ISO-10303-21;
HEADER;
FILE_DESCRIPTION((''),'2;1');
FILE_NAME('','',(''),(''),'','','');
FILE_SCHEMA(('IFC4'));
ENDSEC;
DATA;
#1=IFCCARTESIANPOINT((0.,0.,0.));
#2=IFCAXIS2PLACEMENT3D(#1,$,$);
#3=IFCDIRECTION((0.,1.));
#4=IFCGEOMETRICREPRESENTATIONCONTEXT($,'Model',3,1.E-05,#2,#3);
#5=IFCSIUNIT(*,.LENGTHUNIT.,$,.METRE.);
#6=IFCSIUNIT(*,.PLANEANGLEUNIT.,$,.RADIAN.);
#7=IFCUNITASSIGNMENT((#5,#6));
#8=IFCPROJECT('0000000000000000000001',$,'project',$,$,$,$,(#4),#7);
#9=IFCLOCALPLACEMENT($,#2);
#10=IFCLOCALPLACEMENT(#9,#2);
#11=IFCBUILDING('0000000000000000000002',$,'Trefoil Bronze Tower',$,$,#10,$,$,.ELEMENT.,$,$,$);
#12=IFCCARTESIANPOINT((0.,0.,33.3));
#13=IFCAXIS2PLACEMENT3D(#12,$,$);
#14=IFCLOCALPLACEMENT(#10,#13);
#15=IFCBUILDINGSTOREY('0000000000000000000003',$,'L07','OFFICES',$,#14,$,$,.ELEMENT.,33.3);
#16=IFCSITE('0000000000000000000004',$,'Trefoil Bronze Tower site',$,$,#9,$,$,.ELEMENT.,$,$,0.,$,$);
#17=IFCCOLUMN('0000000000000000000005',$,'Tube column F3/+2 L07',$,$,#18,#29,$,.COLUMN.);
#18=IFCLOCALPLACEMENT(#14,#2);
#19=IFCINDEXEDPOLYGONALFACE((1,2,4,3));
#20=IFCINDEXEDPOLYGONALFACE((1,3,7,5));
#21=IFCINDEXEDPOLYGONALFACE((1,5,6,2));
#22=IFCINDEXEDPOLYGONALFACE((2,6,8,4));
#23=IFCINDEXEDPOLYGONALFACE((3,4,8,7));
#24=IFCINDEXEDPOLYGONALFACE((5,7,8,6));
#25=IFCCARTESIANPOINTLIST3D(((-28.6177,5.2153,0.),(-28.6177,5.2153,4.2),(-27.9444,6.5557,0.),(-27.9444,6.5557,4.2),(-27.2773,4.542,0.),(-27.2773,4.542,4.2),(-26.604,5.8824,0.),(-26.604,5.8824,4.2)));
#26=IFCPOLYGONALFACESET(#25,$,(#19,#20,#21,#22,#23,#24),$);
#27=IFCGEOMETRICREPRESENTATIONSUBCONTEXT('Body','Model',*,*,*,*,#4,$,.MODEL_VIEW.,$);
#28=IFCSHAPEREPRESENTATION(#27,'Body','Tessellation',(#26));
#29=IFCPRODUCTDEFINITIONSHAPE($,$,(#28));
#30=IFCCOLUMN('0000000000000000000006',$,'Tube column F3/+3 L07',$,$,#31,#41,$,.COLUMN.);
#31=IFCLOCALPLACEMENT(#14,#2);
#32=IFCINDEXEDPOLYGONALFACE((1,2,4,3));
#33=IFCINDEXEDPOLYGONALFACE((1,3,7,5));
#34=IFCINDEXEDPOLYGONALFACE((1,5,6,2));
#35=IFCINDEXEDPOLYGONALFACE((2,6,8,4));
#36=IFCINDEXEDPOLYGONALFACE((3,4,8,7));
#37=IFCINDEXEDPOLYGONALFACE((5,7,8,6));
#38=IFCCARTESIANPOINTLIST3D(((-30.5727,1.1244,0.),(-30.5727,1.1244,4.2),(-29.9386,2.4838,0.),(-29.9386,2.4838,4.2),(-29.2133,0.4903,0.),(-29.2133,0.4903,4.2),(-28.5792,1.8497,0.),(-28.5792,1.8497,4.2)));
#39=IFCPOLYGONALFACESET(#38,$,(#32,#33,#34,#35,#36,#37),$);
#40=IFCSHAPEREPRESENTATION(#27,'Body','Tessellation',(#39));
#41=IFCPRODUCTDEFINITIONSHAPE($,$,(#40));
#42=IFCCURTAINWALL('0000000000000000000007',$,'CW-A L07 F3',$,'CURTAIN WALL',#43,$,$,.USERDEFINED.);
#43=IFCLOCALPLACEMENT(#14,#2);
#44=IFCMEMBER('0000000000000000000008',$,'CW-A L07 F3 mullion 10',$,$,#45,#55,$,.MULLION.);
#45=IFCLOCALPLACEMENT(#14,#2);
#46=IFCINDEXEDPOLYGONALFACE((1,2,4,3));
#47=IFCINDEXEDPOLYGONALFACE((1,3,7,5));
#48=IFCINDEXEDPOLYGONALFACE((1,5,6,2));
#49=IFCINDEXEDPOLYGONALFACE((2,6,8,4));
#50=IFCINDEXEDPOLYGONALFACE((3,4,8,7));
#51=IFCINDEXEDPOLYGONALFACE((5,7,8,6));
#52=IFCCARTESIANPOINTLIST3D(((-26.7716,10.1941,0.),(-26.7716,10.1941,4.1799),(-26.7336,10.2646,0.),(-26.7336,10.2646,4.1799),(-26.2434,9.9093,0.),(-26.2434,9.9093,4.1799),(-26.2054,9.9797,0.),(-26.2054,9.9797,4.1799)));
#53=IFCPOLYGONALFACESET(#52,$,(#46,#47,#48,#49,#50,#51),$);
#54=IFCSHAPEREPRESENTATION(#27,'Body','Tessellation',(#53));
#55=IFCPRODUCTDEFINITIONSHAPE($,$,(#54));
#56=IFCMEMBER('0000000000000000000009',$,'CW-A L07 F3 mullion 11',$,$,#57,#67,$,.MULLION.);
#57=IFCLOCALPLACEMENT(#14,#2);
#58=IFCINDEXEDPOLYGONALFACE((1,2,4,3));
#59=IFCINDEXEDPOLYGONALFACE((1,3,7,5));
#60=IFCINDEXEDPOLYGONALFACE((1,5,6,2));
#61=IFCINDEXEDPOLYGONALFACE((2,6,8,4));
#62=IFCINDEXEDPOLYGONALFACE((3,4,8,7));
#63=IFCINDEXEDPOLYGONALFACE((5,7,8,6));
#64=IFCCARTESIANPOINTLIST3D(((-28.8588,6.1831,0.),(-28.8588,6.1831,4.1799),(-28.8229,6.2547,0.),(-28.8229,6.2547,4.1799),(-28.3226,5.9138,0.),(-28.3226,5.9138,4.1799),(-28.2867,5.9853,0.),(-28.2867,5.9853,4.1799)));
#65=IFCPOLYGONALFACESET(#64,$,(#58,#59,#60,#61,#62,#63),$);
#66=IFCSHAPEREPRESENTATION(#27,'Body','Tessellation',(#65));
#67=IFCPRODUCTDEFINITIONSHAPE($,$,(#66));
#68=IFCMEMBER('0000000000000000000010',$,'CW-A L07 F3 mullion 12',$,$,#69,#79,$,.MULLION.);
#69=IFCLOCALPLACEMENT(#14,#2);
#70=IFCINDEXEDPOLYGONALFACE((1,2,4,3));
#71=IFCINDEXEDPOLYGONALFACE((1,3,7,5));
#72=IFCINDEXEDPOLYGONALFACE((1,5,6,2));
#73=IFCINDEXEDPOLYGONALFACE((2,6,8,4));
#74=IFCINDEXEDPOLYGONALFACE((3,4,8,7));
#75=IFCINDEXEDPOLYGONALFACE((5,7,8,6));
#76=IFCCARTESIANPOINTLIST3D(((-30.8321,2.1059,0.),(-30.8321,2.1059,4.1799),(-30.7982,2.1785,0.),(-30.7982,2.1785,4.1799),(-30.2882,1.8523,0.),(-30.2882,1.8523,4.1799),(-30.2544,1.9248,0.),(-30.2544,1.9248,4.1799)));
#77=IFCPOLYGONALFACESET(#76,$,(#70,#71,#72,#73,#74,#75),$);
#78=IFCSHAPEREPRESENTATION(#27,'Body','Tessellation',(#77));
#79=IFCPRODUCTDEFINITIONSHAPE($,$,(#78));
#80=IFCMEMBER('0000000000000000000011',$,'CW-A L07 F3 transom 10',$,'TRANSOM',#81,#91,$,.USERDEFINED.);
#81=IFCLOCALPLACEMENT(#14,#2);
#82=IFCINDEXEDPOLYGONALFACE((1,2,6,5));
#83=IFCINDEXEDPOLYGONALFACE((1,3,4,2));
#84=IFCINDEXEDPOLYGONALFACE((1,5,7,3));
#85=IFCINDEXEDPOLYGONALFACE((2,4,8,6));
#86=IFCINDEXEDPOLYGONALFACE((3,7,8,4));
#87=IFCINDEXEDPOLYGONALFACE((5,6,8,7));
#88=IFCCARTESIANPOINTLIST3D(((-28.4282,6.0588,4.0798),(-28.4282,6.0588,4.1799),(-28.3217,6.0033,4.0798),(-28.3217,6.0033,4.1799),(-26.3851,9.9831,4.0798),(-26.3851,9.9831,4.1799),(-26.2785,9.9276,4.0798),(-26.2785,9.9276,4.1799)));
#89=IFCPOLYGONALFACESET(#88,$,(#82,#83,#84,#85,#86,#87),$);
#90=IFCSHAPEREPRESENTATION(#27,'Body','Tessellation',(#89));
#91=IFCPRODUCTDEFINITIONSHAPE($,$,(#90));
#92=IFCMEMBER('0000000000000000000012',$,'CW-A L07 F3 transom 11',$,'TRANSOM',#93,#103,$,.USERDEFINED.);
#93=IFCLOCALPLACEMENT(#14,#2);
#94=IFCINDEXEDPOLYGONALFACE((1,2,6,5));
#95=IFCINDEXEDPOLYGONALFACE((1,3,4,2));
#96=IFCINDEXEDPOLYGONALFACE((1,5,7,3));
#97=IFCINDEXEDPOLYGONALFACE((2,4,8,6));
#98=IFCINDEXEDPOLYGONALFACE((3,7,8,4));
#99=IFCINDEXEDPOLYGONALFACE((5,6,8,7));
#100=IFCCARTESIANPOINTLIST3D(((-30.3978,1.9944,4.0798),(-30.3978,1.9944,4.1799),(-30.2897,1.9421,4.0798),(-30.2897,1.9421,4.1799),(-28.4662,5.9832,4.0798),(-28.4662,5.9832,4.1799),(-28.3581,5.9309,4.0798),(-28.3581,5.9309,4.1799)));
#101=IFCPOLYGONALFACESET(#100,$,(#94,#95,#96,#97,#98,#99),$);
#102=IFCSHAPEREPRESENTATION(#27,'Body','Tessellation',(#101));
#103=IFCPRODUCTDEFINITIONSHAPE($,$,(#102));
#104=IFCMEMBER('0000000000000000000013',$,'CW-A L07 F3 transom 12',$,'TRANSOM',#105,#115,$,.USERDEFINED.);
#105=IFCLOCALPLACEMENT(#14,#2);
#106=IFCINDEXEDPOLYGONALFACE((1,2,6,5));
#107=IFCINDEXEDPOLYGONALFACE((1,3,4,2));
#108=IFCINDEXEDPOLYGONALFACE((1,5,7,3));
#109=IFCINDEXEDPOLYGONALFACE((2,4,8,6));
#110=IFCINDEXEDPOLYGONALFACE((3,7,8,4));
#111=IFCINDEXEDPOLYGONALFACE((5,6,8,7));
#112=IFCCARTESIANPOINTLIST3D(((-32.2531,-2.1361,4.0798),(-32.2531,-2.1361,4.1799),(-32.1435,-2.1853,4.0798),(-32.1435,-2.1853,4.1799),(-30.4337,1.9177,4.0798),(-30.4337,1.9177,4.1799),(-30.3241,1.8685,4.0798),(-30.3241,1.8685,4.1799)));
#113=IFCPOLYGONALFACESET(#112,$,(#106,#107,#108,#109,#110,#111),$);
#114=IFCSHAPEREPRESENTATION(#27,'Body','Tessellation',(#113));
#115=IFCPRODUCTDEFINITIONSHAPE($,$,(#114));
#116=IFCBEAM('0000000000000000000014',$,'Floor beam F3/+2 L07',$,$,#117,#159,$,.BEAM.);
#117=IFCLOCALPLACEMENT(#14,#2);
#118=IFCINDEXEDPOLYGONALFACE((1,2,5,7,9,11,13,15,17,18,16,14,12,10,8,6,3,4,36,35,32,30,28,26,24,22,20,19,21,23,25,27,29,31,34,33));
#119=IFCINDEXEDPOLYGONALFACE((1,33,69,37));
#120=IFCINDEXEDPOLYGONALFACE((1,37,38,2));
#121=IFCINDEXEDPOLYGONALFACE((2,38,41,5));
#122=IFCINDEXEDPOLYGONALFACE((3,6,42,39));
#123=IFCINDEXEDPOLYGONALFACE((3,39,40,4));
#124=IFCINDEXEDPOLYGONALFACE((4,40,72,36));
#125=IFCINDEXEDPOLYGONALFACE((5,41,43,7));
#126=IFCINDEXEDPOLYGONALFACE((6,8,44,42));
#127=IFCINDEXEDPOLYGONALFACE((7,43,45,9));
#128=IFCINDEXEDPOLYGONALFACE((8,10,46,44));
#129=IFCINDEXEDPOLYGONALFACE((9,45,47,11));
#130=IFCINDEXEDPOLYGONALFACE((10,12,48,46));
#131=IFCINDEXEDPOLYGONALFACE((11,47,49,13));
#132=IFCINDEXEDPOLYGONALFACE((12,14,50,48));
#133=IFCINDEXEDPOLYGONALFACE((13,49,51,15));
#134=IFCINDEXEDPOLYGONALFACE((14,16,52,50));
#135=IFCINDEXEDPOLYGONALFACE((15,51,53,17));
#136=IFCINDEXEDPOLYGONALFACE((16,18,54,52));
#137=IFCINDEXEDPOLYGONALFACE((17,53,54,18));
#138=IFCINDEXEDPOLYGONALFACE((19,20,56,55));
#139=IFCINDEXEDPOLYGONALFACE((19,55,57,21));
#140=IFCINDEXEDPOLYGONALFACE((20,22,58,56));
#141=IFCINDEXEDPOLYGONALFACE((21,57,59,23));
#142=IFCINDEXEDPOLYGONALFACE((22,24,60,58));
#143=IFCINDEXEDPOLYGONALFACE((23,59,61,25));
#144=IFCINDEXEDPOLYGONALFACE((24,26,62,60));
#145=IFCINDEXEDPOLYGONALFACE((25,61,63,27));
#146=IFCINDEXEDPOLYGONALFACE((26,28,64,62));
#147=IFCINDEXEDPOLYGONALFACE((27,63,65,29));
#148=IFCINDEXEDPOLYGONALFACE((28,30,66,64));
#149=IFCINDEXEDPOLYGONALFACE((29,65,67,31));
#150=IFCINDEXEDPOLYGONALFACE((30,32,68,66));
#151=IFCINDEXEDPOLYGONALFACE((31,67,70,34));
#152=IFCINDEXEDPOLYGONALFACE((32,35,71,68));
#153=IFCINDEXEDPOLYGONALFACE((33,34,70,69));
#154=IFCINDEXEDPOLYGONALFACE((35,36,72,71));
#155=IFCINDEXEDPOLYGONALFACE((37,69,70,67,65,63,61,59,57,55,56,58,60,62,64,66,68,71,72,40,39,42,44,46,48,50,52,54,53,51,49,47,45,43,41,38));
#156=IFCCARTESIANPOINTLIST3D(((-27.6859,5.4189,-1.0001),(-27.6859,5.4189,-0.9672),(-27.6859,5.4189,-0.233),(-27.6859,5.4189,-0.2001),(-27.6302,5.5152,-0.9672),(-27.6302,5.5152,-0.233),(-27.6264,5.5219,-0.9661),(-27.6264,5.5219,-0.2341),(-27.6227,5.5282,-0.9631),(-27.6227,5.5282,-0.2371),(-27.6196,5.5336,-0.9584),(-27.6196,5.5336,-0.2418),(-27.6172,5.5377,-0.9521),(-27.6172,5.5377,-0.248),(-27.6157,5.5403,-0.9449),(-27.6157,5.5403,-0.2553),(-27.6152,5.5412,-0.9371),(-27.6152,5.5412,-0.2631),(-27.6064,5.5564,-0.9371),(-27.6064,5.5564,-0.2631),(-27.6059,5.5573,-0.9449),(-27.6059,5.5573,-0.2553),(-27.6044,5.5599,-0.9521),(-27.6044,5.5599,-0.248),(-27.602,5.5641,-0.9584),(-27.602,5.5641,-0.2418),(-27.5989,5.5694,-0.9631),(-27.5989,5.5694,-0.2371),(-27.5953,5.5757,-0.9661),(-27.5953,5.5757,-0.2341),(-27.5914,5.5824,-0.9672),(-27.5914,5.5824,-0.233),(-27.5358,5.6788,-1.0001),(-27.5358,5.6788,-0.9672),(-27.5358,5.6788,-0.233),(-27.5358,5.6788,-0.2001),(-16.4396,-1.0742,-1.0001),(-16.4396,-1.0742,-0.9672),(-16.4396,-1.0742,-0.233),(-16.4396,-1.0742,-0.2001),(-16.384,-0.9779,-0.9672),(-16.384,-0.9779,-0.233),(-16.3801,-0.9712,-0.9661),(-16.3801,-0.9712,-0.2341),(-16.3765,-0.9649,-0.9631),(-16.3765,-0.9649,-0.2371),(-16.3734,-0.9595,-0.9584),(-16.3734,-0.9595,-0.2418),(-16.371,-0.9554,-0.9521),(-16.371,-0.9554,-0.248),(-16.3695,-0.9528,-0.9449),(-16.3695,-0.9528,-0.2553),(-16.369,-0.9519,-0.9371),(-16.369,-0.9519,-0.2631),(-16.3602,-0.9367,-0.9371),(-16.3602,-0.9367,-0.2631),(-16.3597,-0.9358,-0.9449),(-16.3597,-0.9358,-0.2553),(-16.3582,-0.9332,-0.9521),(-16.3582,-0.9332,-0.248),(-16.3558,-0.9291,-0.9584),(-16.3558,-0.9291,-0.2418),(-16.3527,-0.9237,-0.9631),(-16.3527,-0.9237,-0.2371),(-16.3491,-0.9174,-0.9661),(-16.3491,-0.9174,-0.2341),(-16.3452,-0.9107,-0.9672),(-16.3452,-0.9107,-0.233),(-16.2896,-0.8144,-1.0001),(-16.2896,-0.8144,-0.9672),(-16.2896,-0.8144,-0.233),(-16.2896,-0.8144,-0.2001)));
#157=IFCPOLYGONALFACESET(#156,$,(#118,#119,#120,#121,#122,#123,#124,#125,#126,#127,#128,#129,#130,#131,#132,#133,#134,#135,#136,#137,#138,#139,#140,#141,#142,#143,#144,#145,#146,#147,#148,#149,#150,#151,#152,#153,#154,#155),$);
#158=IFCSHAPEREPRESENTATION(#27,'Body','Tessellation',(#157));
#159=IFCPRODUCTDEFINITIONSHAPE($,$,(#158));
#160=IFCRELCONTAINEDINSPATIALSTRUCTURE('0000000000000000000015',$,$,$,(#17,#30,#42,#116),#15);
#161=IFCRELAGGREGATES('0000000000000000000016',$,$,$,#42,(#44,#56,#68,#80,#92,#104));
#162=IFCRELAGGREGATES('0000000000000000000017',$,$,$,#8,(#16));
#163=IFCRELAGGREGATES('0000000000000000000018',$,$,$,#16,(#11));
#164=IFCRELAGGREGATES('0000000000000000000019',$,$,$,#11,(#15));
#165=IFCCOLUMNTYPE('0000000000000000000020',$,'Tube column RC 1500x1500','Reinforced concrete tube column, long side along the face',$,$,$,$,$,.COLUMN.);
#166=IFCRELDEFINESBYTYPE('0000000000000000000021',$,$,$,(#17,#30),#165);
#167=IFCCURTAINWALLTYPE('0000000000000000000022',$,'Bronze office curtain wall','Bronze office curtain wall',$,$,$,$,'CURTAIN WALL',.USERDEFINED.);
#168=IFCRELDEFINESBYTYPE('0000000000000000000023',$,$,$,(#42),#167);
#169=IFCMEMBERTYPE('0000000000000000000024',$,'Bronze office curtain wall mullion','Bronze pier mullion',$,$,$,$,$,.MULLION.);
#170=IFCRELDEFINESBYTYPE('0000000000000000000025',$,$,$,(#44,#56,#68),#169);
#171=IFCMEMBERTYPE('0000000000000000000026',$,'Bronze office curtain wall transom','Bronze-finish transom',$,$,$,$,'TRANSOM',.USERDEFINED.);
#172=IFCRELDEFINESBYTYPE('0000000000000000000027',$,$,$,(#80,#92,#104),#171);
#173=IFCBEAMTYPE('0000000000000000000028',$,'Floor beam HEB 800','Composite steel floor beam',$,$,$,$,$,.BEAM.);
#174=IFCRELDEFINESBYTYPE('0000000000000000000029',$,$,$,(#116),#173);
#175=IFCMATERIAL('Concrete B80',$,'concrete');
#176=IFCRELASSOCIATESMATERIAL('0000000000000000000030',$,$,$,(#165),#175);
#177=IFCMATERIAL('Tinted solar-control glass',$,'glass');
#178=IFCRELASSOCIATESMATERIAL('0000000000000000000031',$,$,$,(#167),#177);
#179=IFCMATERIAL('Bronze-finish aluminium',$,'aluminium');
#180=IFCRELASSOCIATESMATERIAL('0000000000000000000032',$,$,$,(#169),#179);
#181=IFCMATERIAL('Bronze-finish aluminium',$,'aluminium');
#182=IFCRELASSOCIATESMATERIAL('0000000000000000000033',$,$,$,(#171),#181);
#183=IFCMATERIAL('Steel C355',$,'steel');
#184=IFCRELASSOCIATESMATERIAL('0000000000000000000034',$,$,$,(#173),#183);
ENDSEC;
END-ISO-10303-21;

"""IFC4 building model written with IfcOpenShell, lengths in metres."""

from ifc_helpers import new_model, si_unit, direction, frame, origin, origin_2d, place, context, subcontext, project, spatial, rectangle, i_section, extrude, material, material_profile, profile_set, type_object, element, aggregate, save


model = new_model("IFC4")

# Units and contexts
model_context = context("Model", 3, precision=1e-05, world=origin(), true_north=direction((0.0, 1.0)))
body_context = subcontext(model_context, "Body", "Model", "MODEL_VIEW")
ifc_project = project(units=[si_unit("LENGTHUNIT", "METRE"), si_unit("PLANEANGLEUNIT", "RADIAN")], contexts=[model_context])

# Site, building, storey
site_placement = place(None, origin())
site = spatial("IfcSite", under=ifc_project, at=site_placement, Name="Trefoil Bronze Tower site", CompositionType="ELEMENT", RefElevation=0.0)
building_placement = place(site_placement, origin())
building = spatial("IfcBuilding", under=site, at=building_placement, Name="Trefoil Bronze Tower", CompositionType="ELEMENT")
storey_placement = place(building_placement, frame((0.0, 0.0, 33.3)))
storey = spatial("IfcBuildingStorey", under=building, at=storey_placement, Name="L07", Description="OFFICES", CompositionType="ELEMENT", Elevation=33.3)

# Columns
ifc_material_1 = material(Name="Concrete B80", Category="concrete")
ifc_material_profile_1 = material_profile(ifc_material_1, rectangle(XDim=1.5, YDim=1.5, at=origin_2d()), Name="RC 1500x1500")
ifc_profile_set_1 = profile_set([ifc_material_profile_1], Name="Concrete B80")
column_type = type_object("IfcColumnType", Name="Tube column RC 1500x1500", Description="Reinforced concrete tube column, long side along the face", PredefinedType="COLUMN", material=ifc_profile_set_1)
for number, where, z_axis, x_axis, name in (
    (1, (-27.6108, 5.5488, 0.0), (0.0, 0.0, 1.0), (-0.44889, -0.893587, 0.0), "Tube column F3/+2 L07"),
    (2, (-29.5759, 1.4871, 0.0), (0.0, 0.0, 1.0), (-0.422701, -0.906269, 0.0), "Tube column F3/+3 L07"),
):
    element("IfcColumn", number, at=place(storey_placement, frame(where, z_axis=z_axis, x_axis=x_axis)), inside=storey, type_object=column_type, Name=name, PredefinedType="COLUMN", context=body_context, shape_type="SweptSolid", body=[
        extrude(rectangle(XDim=1.5, YDim=1.5, at=origin_2d()), origin(), (0.0, 0.0, 1.0), 4.2),
    ])

# Curtain wall, members
ifc_material_2 = material(Name="Tinted solar-control glass", Category="glass")
curtain_wall_type = type_object("IfcCurtainWallType", Name="Bronze office curtain wall", Description="Bronze office curtain wall", ElementType="CURTAIN WALL", PredefinedType="USERDEFINED", material=ifc_material_2)
curtain_wall_placement = place(storey_placement, origin())
curtain_wall = element("IfcCurtainWall", 3, at=curtain_wall_placement, inside=storey, type_object=curtain_wall_type, Name="CW-A L07 F3", ObjectType="CURTAIN WALL", PredefinedType="USERDEFINED")
ifc_material_3 = material(Name="Bronze-finish aluminium", Category="aluminium")
ifc_material_profile_2 = material_profile(ifc_material_3, rectangle(XDim=0.6001, YDim=0.0801, at=origin_2d()), Name="CW-A mullion")
ifc_profile_set_2 = profile_set([ifc_material_profile_2], Name="Bronze-finish aluminium")
member_type_1 = type_object("IfcMemberType", Name="Bronze office curtain wall mullion", Description="Bronze pier mullion", PredefinedType="MULLION", material=ifc_profile_set_2)
member_1_placement = place(storey_placement, frame((-26.4885, 10.0869, 0.0), z_axis=(0.0, 0.0, 1.0), x_axis=(0.880171, -0.474656, 0.0)))
member_1 = element("IfcMember", 4, at=member_1_placement, type_object=member_type_1, Name="CW-A L07 F3 mullion 10", PredefinedType="MULLION", context=body_context, shape_type="SweptSolid", body=[
    extrude(rectangle(XDim=0.6001, YDim=0.0801, at=origin_2d()), origin(), (0.0, 0.0, 1.0), 4.1799),
])
member_2_placement = place(storey_placement, frame((-28.5728, 6.0842, 0.0), z_axis=(0.0, 0.0, 1.0), x_axis=(0.893587, -0.44889, 0.0)))
member_2 = element("IfcMember", 5, at=member_2_placement, type_object=member_type_1, Name="CW-A L07 F3 mullion 11", PredefinedType="MULLION", context=body_context, shape_type="SweptSolid", body=[
    extrude(rectangle(XDim=0.6001, YDim=0.0801, at=origin_2d()), origin(), (0.0, 0.0, 1.0), 4.1799),
])
member_3_placement = place(storey_placement, frame((-30.5432, 2.0154, 0.0), z_axis=(0.0, 0.0, 1.0), x_axis=(0.906269, -0.422701, 0.0)))
member_3 = element("IfcMember", 6, at=member_3_placement, type_object=member_type_1, Name="CW-A L07 F3 mullion 12", PredefinedType="MULLION", context=body_context, shape_type="SweptSolid", body=[
    extrude(rectangle(XDim=0.6001, YDim=0.0801, at=origin_2d()), origin(), (0.0, 0.0, 1.0), 4.1799),
])
ifc_material_4 = material(Name="Bronze-finish aluminium", Category="aluminium")
ifc_material_profile_3 = material_profile(ifc_material_4, rectangle(XDim=0.1201, YDim=0.1001, at=origin_2d()), Name="CW-A transom")
ifc_profile_set_3 = profile_set([ifc_material_profile_3], Name="Bronze-finish aluminium")
member_type_2 = type_object("IfcMemberType", Name="Bronze office curtain wall transom", Description="Bronze-finish transom", ElementType="TRANSOM", PredefinedType="USERDEFINED", material=ifc_profile_set_3)
member_4_placement = place(storey_placement, frame((-26.3318, 9.9553, 4.1299), z_axis=(-0.46181, -0.886979, 0.0), x_axis=(0.886979, -0.46181, 0.0)))
member_4 = element("IfcMember", 7, at=member_4_placement, type_object=member_type_2, Name="CW-A L07 F3 transom 10", ObjectType="TRANSOM", PredefinedType="USERDEFINED", context=body_context, shape_type="SweptSolid", body=[
    extrude(rectangle(XDim=0.1201, YDim=0.1001, at=origin_2d()), origin(), (0.0, 0.0, 1.0), 4.4243),
])
member_5_placement = place(storey_placement, frame((-28.4121, 5.957, 4.1299), z_axis=(-0.435852, -0.900018, 0.0), x_axis=(0.900018, -0.435852, 0.0)))
member_5 = element("IfcMember", 8, at=member_5_placement, type_object=member_type_2, Name="CW-A L07 F3 transom 11", ObjectType="TRANSOM", PredefinedType="USERDEFINED", context=body_context, shape_type="SweptSolid", body=[
    extrude(rectangle(XDim=0.1201, YDim=0.1001, at=origin_2d()), origin(), (0.0, 0.0, 1.0), 4.4319),
])
member_6_placement = place(storey_placement, frame((-30.3789, 1.8931, 4.1299), z_axis=(-0.40946, -0.912328, 0.0), x_axis=(0.912328, -0.40946, 0.0)))
member_6 = element("IfcMember", 9, at=member_6_placement, type_object=member_type_2, Name="CW-A L07 F3 transom 12", ObjectType="TRANSOM", PredefinedType="USERDEFINED", context=body_context, shape_type="SweptSolid", body=[
    extrude(rectangle(XDim=0.1201, YDim=0.1001, at=origin_2d()), origin(), (0.0, 0.0, 1.0), 4.4434),
])

# Beam
ifc_material_5 = material(Name="Steel C355", Category="steel")
ifc_material_profile_4 = material_profile(ifc_material_5, i_section(OverallWidth=0.3, OverallDepth=0.8, WebThickness=0.0176, FlangeThickness=0.033, FilletRadius=0.03, at=origin_2d()), Name="HEB 800")
ifc_profile_set_4 = profile_set([ifc_material_profile_4], Name="Steel C355")
beam_type_1 = type_object("IfcBeamType", Name="Floor beam HEB 800", Description="Composite steel floor beam", PredefinedType="BEAM", material=ifc_profile_set_4)
beam_1_placement = place(storey_placement, frame((-27.6108, 5.5488, -0.6001), z_axis=(0.866022, -0.500005, 0.0), x_axis=(0.500005, 0.866022, 0.0)))
element("IfcBeam", 10, at=beam_1_placement, inside=storey, type_object=beam_type_1, Name="Floor beam F3/+2 L07", PredefinedType="BEAM", context=body_context, shape_type="SweptSolid", body=[
    extrude(i_section(OverallWidth=0.3, OverallDepth=0.8, WebThickness=0.0176, FlangeThickness=0.033, FilletRadius=0.03, at=origin_2d()), origin(), (0.0, 0.0, 1.0), 12.9861),
])

aggregate(curtain_wall, [member_1, member_2, member_3, member_4, member_5, member_6])

save(model, "model.ifc")
